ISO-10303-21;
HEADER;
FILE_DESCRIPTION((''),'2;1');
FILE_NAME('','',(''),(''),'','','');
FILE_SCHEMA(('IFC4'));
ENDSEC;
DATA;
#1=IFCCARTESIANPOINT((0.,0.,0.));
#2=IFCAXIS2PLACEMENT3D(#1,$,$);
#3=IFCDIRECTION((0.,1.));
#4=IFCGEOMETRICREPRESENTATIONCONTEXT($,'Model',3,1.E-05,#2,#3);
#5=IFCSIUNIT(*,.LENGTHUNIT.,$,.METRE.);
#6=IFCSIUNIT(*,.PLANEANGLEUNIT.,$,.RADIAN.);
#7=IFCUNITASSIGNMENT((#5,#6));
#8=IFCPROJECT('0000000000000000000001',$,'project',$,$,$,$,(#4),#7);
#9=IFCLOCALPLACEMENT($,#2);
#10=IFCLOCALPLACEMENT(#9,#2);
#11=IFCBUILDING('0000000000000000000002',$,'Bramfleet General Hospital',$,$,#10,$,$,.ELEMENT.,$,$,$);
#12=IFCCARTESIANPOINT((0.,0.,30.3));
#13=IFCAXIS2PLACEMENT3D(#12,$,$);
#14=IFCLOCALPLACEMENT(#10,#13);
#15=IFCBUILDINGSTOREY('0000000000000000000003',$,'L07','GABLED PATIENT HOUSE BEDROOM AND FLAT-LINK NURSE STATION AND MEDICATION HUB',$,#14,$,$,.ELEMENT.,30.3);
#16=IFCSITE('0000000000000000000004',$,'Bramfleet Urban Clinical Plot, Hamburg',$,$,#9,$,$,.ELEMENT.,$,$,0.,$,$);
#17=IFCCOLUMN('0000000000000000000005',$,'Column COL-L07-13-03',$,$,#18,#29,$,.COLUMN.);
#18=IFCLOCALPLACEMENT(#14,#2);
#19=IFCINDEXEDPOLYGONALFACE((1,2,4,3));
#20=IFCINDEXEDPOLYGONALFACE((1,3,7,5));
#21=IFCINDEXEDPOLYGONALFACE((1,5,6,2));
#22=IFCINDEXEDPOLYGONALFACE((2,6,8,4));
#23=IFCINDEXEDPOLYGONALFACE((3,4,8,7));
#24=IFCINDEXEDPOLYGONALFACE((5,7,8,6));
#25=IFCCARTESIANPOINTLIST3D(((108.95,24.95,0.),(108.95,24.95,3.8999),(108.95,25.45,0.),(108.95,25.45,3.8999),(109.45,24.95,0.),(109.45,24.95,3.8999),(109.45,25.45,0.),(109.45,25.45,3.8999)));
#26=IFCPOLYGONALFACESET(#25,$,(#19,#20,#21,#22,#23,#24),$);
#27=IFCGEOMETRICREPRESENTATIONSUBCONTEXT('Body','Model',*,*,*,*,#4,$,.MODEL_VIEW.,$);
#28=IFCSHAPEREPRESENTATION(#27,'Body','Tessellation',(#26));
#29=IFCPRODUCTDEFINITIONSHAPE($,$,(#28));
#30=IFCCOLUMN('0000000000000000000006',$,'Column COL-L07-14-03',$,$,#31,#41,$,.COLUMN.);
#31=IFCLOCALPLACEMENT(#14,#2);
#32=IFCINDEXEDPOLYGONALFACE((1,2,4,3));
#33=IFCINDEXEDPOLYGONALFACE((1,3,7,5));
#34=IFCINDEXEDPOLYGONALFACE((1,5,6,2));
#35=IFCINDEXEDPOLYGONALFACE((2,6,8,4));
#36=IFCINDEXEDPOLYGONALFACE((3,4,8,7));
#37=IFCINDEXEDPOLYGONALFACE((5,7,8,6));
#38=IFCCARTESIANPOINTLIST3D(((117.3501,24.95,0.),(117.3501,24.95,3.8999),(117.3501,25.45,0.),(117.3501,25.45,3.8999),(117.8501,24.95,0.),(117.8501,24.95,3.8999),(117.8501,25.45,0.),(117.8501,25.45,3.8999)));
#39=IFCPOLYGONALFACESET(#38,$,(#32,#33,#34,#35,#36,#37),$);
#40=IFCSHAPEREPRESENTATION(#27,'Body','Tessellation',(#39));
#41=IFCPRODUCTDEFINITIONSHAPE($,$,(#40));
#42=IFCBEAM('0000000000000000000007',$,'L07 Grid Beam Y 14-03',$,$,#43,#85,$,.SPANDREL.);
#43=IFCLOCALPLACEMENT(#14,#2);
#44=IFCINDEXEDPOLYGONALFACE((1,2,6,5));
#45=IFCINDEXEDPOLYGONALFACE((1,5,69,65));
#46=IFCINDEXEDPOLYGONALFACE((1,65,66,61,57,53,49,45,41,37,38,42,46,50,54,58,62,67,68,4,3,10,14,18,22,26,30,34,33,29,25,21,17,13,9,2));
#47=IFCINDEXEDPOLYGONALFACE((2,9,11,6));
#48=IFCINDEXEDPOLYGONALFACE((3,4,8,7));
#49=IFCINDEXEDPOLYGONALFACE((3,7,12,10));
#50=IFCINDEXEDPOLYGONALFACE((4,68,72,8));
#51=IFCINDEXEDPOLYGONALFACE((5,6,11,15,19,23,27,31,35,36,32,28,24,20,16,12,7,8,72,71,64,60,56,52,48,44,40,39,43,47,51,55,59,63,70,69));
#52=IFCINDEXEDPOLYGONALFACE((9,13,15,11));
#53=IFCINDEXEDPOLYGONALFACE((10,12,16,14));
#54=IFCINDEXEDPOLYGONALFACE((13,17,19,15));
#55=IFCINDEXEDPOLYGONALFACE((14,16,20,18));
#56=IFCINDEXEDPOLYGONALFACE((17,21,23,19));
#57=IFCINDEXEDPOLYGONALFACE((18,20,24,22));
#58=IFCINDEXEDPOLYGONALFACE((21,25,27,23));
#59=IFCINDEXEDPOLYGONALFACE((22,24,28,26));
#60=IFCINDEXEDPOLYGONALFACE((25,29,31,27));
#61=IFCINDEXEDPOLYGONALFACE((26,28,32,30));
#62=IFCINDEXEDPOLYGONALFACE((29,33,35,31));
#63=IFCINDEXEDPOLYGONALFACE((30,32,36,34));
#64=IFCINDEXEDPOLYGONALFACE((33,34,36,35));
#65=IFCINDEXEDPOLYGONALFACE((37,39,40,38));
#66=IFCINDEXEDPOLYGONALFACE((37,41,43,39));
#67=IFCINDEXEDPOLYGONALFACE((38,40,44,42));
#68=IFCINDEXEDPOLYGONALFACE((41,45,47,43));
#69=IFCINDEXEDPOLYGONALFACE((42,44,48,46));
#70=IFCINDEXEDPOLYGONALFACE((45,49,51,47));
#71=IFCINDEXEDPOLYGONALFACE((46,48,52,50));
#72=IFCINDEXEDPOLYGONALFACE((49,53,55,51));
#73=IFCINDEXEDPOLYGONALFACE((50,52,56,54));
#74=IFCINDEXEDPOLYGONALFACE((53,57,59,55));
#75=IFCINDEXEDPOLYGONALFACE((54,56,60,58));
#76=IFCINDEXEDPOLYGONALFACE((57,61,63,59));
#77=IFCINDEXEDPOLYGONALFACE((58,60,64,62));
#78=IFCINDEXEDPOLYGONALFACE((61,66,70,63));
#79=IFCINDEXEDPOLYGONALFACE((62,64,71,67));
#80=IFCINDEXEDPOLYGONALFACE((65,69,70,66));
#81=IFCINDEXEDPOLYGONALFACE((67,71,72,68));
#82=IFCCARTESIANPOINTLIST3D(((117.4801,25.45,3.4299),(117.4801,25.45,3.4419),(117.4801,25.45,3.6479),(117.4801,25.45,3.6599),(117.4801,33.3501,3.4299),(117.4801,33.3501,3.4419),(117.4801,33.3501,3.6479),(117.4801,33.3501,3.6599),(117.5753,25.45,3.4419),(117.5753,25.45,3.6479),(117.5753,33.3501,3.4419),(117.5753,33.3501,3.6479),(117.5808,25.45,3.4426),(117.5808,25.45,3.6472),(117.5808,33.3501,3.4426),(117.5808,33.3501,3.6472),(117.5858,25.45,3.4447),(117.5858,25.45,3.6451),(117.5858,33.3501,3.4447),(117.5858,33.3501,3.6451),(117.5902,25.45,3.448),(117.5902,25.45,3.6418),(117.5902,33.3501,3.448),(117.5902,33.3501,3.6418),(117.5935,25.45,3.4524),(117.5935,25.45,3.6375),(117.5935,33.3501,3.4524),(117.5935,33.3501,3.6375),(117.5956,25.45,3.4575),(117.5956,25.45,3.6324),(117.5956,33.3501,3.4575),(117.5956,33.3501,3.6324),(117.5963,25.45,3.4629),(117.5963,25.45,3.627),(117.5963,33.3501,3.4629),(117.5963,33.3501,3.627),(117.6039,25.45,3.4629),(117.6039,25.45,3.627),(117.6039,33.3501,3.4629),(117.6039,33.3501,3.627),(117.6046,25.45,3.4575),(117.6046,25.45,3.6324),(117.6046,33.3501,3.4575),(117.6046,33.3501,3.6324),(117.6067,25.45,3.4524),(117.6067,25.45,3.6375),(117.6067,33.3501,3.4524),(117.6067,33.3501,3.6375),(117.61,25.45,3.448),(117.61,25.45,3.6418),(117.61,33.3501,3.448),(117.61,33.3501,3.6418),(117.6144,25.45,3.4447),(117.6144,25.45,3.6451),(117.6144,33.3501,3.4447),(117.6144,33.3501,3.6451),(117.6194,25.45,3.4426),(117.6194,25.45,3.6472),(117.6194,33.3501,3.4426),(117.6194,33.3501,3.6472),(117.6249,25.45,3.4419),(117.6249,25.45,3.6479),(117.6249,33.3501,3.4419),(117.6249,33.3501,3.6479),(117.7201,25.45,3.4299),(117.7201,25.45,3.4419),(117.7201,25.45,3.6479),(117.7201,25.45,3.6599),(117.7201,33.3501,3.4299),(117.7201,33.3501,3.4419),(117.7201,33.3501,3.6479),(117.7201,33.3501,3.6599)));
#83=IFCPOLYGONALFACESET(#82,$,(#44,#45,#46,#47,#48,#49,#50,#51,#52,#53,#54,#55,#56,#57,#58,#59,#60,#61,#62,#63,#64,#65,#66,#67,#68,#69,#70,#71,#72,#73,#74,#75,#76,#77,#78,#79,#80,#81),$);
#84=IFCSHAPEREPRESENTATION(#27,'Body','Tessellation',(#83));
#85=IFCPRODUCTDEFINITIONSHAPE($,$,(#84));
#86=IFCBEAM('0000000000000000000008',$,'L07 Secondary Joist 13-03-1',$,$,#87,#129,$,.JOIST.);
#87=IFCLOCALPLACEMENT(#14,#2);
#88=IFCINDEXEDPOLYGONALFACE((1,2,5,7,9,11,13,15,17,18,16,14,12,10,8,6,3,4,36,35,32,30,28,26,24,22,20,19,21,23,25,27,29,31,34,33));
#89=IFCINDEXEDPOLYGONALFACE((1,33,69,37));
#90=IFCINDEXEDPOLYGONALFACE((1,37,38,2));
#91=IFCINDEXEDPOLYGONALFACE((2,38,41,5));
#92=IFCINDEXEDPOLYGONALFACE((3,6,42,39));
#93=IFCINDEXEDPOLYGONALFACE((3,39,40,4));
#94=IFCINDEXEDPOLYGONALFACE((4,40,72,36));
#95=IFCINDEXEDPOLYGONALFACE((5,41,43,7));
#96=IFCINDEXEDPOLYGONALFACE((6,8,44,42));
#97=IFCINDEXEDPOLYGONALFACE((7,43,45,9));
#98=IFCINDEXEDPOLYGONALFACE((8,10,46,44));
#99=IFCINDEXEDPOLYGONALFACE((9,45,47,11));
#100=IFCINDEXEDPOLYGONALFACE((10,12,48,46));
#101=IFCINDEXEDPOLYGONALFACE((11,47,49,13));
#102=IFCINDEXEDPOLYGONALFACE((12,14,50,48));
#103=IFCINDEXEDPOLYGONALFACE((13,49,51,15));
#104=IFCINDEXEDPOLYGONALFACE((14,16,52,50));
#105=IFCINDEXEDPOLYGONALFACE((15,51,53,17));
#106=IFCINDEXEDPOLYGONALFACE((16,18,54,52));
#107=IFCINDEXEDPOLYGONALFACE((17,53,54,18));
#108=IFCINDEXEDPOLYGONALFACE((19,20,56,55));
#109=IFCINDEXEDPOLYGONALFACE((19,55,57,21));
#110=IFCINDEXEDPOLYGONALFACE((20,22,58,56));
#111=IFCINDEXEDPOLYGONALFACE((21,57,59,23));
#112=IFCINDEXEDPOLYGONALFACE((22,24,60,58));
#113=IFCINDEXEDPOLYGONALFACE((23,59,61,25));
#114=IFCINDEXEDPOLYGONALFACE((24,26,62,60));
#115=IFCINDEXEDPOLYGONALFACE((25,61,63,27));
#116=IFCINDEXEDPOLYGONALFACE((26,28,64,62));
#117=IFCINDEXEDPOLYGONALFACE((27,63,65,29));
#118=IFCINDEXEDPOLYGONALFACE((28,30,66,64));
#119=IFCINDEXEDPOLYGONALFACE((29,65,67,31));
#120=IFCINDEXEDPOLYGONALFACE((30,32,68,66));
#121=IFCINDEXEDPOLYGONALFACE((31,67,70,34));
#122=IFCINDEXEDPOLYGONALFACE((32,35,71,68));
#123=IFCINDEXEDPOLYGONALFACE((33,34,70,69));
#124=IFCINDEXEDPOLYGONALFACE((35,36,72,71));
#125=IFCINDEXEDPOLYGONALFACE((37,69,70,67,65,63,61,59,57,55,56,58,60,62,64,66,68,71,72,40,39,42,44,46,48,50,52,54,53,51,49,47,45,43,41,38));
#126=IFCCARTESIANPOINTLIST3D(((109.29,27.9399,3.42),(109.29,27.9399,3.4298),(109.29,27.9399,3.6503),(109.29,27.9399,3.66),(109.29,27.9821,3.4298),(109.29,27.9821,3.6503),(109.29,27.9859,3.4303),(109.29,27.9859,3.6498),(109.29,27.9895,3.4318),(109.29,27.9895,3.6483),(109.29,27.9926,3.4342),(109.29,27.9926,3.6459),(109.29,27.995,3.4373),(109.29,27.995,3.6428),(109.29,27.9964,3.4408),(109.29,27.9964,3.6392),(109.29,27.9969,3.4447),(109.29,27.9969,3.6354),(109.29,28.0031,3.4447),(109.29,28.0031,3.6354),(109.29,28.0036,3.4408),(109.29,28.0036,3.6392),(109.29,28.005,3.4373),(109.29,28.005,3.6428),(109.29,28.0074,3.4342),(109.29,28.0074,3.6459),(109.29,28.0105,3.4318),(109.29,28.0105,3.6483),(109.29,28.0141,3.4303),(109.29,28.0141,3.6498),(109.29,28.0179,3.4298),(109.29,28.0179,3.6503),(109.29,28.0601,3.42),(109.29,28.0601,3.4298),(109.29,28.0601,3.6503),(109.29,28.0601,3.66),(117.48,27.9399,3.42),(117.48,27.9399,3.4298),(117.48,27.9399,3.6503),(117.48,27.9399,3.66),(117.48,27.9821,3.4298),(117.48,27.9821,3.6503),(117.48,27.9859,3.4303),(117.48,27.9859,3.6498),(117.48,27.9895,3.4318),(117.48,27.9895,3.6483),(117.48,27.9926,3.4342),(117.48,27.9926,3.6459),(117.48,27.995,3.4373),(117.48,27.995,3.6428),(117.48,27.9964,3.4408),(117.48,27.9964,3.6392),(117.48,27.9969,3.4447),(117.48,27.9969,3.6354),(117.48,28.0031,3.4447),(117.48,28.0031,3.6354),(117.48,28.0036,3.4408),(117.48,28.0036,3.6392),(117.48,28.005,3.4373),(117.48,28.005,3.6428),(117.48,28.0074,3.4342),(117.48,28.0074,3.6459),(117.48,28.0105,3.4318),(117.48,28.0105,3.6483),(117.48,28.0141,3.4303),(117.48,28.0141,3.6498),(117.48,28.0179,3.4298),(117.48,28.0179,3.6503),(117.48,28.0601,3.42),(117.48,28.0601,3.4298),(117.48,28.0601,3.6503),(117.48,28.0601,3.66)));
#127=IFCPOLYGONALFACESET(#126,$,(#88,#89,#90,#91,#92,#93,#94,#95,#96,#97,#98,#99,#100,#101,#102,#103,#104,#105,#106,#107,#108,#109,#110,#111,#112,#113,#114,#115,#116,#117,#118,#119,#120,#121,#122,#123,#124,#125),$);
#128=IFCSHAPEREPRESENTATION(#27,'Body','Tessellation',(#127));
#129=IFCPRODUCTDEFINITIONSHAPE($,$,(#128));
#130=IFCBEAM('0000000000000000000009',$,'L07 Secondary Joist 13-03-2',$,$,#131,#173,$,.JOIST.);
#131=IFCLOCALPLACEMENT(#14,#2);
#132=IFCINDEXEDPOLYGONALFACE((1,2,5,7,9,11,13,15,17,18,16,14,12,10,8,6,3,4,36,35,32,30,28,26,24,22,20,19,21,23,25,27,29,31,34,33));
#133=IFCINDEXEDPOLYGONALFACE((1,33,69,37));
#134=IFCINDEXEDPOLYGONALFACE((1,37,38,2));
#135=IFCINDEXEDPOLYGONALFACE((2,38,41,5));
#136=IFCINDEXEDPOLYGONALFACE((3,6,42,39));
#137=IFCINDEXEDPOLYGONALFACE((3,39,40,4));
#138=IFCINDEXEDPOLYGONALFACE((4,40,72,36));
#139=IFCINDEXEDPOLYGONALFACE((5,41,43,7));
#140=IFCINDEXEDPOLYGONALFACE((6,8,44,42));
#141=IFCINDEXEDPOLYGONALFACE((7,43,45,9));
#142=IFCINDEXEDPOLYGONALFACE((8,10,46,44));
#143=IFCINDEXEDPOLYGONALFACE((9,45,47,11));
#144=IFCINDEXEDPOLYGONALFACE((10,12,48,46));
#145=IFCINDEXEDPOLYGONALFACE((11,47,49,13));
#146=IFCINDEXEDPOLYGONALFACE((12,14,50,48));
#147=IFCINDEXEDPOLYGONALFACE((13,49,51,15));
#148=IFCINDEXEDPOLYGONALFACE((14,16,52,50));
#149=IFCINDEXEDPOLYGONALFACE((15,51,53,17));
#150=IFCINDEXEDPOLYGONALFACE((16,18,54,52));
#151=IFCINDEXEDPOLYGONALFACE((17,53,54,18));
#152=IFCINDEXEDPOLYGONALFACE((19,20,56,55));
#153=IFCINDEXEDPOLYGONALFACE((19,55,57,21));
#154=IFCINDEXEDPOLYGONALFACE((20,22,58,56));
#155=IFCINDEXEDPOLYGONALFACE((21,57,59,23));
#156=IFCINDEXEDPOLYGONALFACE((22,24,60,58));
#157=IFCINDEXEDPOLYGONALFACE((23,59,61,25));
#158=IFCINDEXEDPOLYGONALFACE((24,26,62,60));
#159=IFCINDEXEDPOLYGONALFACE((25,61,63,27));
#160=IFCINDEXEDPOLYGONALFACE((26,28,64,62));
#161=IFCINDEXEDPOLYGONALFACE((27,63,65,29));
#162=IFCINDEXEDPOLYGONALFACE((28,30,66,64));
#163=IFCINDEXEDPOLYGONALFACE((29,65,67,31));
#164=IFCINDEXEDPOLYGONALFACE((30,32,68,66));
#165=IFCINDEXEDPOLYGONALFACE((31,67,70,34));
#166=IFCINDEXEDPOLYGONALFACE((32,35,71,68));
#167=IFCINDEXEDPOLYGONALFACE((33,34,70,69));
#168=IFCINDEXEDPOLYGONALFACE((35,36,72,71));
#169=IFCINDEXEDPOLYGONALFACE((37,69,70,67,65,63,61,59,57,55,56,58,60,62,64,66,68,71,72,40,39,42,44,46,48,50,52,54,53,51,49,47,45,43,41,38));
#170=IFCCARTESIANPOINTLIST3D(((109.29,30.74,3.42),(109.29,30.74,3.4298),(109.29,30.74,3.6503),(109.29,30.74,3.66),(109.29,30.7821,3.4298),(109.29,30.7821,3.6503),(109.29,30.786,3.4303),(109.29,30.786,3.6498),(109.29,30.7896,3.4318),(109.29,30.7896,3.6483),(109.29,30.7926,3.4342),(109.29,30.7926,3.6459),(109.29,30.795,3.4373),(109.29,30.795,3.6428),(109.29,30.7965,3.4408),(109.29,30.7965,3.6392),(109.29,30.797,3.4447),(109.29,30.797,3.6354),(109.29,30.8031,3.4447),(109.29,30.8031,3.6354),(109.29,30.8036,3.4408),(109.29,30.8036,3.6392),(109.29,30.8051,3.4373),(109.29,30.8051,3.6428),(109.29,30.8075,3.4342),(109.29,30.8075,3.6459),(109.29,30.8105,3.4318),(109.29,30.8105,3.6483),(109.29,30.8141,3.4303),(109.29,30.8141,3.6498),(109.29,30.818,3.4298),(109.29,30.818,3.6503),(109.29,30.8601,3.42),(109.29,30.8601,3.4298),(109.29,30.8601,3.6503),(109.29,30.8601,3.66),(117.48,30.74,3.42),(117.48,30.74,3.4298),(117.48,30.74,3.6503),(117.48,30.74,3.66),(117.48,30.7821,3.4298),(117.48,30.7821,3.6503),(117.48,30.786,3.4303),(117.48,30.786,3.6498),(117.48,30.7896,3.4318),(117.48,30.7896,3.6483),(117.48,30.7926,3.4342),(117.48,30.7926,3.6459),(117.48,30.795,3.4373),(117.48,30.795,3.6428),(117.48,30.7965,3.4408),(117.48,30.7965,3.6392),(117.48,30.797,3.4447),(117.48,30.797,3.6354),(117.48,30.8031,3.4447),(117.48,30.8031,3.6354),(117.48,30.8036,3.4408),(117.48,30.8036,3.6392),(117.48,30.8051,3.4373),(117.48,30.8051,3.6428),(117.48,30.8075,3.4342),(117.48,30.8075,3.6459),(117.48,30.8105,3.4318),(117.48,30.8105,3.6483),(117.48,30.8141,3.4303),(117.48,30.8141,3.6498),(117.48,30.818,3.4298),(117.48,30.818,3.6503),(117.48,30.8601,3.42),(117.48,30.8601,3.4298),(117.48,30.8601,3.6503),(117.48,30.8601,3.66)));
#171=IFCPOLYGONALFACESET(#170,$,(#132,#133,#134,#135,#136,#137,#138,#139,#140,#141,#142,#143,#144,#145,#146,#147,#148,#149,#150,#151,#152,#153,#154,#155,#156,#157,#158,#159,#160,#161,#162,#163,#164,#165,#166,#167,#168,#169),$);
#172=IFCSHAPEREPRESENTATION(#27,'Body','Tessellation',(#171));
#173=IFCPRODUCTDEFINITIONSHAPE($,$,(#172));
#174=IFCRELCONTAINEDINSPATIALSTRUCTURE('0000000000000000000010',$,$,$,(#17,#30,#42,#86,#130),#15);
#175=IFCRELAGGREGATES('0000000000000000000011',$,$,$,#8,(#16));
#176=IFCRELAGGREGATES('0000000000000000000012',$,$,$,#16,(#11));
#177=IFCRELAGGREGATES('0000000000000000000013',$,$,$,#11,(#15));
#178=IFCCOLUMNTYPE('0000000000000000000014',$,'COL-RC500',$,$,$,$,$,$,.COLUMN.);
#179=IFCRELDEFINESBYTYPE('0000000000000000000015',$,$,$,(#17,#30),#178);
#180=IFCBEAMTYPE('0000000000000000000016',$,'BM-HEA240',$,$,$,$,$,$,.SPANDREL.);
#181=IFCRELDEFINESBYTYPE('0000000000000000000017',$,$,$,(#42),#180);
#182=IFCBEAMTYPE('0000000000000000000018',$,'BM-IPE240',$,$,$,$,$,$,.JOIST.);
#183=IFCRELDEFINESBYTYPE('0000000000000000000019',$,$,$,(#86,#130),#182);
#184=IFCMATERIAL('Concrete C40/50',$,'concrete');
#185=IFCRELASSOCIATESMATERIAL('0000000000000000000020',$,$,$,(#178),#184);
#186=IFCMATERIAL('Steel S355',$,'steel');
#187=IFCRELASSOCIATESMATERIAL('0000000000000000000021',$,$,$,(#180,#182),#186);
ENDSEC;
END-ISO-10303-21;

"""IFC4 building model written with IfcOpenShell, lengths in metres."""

from ifc_helpers import new_model, si_unit, direction, frame, origin, origin_2d, place, context, subcontext, project, spatial, rectangle, i_section, extrude, material, material_profile, profile_set, type_object, element, save


model = new_model("IFC4")

# Units and contexts
model_context = context("Model", 3, precision=1e-05, world=origin(), true_north=direction((0.0, 1.0)))
body_context = subcontext(model_context, "Body", "Model", "MODEL_VIEW")
ifc_project = project(units=[si_unit("LENGTHUNIT", "METRE"), si_unit("PLANEANGLEUNIT", "RADIAN")], contexts=[model_context])

# Site, building, storey
site_placement = place(None, origin())
site = spatial("IfcSite", under=ifc_project, at=site_placement, Name="Bramfleet Urban Clinical Plot, Hamburg", CompositionType="ELEMENT", RefElevation=0.0)
building_placement = place(site_placement, origin())
building = spatial("IfcBuilding", under=site, at=building_placement, Name="Bramfleet General Hospital", CompositionType="ELEMENT")
storey_placement = place(building_placement, frame((0.0, 0.0, 30.3)))
storey = spatial("IfcBuildingStorey", under=building, at=storey_placement, Name="L07", Description="GABLED PATIENT HOUSE BEDROOM AND FLAT-LINK NURSE STATION AND MEDICATION HUB", CompositionType="ELEMENT", Elevation=30.3)

# Columns
ifc_material_1 = material(Name="Concrete C40/50", Category="concrete")
ifc_material_profile_1 = material_profile(ifc_material_1, rectangle(XDim=0.5, YDim=0.5, at=origin_2d()), Name="RC COL 500x500")
ifc_profile_set_1 = profile_set([ifc_material_profile_1], Name="Concrete C40/50")
column_type = type_object("IfcColumnType", Name="COL-RC500", PredefinedType="COLUMN", material=ifc_profile_set_1)
for number, where, z_axis, x_axis, name in (
    (1, (109.2, 25.2, 0.0), (0.0, 0.0, 1.0), (1.0, 0.0, 0.0), "Column COL-L07-13-03"),
    (2, (117.6001, 25.2, 0.0), (0.0, 0.0, 1.0), (1.0, 0.0, 0.0), "Column COL-L07-14-03"),
):
    element("IfcColumn", number, at=place(storey_placement, frame(where, z_axis=z_axis, x_axis=x_axis)), inside=storey, type_object=column_type, Name=name, PredefinedType="COLUMN", context=body_context, shape_type="SweptSolid", body=[
        extrude(rectangle(XDim=0.5, YDim=0.5, at=origin_2d()), origin(), (0.0, 0.0, 1.0), 3.8999),
    ])

# Beams
ifc_material_2 = material(Name="Steel S355", Category="steel")
ifc_material_profile_2 = material_profile(ifc_material_2, i_section(OverallWidth=0.24, OverallDepth=0.23, WebThickness=0.0076, FlangeThickness=0.012, FilletRadius=0.021, at=origin_2d()), Name="HEA 240")
ifc_profile_set_2 = profile_set([ifc_material_profile_2], Name="Steel S355")
beam_type_1 = type_object("IfcBeamType", Name="BM-HEA240", PredefinedType="SPANDREL", material=ifc_profile_set_2)
beam_1_placement = place(storey_placement, frame((117.6001, 25.45, 3.5449), z_axis=(0.0, 1.0, 0.0), x_axis=(-1.0, 0.0, 0.0)))
element("IfcBeam", 3, at=beam_1_placement, inside=storey, type_object=beam_type_1, Name="L07 Grid Beam Y 14-03", PredefinedType="SPANDREL", context=body_context, shape_type="SweptSolid", body=[
    extrude(i_section(OverallWidth=0.24, OverallDepth=0.23, WebThickness=0.0076, FlangeThickness=0.012, FilletRadius=0.021, at=origin_2d()), origin(), (0.0, 0.0, 1.0), 7.9001),
])
ifc_material_profile_3 = material_profile(ifc_material_2, i_section(OverallWidth=0.1201, OverallDepth=0.24, WebThickness=0.0061, FlangeThickness=0.0098, FilletRadius=0.0149, at=origin_2d()), Name="IPE 240")
ifc_profile_set_3 = profile_set([ifc_material_profile_3], Name="Steel S355")
beam_type_2 = type_object("IfcBeamType", Name="BM-IPE240", PredefinedType="JOIST", material=ifc_profile_set_3)
for number, where, z_axis, x_axis, name in (
    (4, (109.29, 28.0, 3.54), (1.0, 0.0, 0.0), (0.0, 1.0, 0.0), "L07 Secondary Joist 13-03-1"),
    (5, (109.29, 30.8, 3.54), (1.0, 0.0, 0.0), (0.0, 1.0, 0.0), "L07 Secondary Joist 13-03-2"),
):
    element("IfcBeam", number, at=place(storey_placement, frame(where, z_axis=z_axis, x_axis=x_axis)), inside=storey, type_object=beam_type_2, Name=name, PredefinedType="JOIST", context=body_context, shape_type="SweptSolid", body=[
        extrude(i_section(OverallWidth=0.1201, OverallDepth=0.24, WebThickness=0.0061, FlangeThickness=0.0098, FilletRadius=0.0149, at=origin_2d()), origin(), (0.0, 0.0, 1.0), 8.1899),
    ])

save(model, "model.ifc")
